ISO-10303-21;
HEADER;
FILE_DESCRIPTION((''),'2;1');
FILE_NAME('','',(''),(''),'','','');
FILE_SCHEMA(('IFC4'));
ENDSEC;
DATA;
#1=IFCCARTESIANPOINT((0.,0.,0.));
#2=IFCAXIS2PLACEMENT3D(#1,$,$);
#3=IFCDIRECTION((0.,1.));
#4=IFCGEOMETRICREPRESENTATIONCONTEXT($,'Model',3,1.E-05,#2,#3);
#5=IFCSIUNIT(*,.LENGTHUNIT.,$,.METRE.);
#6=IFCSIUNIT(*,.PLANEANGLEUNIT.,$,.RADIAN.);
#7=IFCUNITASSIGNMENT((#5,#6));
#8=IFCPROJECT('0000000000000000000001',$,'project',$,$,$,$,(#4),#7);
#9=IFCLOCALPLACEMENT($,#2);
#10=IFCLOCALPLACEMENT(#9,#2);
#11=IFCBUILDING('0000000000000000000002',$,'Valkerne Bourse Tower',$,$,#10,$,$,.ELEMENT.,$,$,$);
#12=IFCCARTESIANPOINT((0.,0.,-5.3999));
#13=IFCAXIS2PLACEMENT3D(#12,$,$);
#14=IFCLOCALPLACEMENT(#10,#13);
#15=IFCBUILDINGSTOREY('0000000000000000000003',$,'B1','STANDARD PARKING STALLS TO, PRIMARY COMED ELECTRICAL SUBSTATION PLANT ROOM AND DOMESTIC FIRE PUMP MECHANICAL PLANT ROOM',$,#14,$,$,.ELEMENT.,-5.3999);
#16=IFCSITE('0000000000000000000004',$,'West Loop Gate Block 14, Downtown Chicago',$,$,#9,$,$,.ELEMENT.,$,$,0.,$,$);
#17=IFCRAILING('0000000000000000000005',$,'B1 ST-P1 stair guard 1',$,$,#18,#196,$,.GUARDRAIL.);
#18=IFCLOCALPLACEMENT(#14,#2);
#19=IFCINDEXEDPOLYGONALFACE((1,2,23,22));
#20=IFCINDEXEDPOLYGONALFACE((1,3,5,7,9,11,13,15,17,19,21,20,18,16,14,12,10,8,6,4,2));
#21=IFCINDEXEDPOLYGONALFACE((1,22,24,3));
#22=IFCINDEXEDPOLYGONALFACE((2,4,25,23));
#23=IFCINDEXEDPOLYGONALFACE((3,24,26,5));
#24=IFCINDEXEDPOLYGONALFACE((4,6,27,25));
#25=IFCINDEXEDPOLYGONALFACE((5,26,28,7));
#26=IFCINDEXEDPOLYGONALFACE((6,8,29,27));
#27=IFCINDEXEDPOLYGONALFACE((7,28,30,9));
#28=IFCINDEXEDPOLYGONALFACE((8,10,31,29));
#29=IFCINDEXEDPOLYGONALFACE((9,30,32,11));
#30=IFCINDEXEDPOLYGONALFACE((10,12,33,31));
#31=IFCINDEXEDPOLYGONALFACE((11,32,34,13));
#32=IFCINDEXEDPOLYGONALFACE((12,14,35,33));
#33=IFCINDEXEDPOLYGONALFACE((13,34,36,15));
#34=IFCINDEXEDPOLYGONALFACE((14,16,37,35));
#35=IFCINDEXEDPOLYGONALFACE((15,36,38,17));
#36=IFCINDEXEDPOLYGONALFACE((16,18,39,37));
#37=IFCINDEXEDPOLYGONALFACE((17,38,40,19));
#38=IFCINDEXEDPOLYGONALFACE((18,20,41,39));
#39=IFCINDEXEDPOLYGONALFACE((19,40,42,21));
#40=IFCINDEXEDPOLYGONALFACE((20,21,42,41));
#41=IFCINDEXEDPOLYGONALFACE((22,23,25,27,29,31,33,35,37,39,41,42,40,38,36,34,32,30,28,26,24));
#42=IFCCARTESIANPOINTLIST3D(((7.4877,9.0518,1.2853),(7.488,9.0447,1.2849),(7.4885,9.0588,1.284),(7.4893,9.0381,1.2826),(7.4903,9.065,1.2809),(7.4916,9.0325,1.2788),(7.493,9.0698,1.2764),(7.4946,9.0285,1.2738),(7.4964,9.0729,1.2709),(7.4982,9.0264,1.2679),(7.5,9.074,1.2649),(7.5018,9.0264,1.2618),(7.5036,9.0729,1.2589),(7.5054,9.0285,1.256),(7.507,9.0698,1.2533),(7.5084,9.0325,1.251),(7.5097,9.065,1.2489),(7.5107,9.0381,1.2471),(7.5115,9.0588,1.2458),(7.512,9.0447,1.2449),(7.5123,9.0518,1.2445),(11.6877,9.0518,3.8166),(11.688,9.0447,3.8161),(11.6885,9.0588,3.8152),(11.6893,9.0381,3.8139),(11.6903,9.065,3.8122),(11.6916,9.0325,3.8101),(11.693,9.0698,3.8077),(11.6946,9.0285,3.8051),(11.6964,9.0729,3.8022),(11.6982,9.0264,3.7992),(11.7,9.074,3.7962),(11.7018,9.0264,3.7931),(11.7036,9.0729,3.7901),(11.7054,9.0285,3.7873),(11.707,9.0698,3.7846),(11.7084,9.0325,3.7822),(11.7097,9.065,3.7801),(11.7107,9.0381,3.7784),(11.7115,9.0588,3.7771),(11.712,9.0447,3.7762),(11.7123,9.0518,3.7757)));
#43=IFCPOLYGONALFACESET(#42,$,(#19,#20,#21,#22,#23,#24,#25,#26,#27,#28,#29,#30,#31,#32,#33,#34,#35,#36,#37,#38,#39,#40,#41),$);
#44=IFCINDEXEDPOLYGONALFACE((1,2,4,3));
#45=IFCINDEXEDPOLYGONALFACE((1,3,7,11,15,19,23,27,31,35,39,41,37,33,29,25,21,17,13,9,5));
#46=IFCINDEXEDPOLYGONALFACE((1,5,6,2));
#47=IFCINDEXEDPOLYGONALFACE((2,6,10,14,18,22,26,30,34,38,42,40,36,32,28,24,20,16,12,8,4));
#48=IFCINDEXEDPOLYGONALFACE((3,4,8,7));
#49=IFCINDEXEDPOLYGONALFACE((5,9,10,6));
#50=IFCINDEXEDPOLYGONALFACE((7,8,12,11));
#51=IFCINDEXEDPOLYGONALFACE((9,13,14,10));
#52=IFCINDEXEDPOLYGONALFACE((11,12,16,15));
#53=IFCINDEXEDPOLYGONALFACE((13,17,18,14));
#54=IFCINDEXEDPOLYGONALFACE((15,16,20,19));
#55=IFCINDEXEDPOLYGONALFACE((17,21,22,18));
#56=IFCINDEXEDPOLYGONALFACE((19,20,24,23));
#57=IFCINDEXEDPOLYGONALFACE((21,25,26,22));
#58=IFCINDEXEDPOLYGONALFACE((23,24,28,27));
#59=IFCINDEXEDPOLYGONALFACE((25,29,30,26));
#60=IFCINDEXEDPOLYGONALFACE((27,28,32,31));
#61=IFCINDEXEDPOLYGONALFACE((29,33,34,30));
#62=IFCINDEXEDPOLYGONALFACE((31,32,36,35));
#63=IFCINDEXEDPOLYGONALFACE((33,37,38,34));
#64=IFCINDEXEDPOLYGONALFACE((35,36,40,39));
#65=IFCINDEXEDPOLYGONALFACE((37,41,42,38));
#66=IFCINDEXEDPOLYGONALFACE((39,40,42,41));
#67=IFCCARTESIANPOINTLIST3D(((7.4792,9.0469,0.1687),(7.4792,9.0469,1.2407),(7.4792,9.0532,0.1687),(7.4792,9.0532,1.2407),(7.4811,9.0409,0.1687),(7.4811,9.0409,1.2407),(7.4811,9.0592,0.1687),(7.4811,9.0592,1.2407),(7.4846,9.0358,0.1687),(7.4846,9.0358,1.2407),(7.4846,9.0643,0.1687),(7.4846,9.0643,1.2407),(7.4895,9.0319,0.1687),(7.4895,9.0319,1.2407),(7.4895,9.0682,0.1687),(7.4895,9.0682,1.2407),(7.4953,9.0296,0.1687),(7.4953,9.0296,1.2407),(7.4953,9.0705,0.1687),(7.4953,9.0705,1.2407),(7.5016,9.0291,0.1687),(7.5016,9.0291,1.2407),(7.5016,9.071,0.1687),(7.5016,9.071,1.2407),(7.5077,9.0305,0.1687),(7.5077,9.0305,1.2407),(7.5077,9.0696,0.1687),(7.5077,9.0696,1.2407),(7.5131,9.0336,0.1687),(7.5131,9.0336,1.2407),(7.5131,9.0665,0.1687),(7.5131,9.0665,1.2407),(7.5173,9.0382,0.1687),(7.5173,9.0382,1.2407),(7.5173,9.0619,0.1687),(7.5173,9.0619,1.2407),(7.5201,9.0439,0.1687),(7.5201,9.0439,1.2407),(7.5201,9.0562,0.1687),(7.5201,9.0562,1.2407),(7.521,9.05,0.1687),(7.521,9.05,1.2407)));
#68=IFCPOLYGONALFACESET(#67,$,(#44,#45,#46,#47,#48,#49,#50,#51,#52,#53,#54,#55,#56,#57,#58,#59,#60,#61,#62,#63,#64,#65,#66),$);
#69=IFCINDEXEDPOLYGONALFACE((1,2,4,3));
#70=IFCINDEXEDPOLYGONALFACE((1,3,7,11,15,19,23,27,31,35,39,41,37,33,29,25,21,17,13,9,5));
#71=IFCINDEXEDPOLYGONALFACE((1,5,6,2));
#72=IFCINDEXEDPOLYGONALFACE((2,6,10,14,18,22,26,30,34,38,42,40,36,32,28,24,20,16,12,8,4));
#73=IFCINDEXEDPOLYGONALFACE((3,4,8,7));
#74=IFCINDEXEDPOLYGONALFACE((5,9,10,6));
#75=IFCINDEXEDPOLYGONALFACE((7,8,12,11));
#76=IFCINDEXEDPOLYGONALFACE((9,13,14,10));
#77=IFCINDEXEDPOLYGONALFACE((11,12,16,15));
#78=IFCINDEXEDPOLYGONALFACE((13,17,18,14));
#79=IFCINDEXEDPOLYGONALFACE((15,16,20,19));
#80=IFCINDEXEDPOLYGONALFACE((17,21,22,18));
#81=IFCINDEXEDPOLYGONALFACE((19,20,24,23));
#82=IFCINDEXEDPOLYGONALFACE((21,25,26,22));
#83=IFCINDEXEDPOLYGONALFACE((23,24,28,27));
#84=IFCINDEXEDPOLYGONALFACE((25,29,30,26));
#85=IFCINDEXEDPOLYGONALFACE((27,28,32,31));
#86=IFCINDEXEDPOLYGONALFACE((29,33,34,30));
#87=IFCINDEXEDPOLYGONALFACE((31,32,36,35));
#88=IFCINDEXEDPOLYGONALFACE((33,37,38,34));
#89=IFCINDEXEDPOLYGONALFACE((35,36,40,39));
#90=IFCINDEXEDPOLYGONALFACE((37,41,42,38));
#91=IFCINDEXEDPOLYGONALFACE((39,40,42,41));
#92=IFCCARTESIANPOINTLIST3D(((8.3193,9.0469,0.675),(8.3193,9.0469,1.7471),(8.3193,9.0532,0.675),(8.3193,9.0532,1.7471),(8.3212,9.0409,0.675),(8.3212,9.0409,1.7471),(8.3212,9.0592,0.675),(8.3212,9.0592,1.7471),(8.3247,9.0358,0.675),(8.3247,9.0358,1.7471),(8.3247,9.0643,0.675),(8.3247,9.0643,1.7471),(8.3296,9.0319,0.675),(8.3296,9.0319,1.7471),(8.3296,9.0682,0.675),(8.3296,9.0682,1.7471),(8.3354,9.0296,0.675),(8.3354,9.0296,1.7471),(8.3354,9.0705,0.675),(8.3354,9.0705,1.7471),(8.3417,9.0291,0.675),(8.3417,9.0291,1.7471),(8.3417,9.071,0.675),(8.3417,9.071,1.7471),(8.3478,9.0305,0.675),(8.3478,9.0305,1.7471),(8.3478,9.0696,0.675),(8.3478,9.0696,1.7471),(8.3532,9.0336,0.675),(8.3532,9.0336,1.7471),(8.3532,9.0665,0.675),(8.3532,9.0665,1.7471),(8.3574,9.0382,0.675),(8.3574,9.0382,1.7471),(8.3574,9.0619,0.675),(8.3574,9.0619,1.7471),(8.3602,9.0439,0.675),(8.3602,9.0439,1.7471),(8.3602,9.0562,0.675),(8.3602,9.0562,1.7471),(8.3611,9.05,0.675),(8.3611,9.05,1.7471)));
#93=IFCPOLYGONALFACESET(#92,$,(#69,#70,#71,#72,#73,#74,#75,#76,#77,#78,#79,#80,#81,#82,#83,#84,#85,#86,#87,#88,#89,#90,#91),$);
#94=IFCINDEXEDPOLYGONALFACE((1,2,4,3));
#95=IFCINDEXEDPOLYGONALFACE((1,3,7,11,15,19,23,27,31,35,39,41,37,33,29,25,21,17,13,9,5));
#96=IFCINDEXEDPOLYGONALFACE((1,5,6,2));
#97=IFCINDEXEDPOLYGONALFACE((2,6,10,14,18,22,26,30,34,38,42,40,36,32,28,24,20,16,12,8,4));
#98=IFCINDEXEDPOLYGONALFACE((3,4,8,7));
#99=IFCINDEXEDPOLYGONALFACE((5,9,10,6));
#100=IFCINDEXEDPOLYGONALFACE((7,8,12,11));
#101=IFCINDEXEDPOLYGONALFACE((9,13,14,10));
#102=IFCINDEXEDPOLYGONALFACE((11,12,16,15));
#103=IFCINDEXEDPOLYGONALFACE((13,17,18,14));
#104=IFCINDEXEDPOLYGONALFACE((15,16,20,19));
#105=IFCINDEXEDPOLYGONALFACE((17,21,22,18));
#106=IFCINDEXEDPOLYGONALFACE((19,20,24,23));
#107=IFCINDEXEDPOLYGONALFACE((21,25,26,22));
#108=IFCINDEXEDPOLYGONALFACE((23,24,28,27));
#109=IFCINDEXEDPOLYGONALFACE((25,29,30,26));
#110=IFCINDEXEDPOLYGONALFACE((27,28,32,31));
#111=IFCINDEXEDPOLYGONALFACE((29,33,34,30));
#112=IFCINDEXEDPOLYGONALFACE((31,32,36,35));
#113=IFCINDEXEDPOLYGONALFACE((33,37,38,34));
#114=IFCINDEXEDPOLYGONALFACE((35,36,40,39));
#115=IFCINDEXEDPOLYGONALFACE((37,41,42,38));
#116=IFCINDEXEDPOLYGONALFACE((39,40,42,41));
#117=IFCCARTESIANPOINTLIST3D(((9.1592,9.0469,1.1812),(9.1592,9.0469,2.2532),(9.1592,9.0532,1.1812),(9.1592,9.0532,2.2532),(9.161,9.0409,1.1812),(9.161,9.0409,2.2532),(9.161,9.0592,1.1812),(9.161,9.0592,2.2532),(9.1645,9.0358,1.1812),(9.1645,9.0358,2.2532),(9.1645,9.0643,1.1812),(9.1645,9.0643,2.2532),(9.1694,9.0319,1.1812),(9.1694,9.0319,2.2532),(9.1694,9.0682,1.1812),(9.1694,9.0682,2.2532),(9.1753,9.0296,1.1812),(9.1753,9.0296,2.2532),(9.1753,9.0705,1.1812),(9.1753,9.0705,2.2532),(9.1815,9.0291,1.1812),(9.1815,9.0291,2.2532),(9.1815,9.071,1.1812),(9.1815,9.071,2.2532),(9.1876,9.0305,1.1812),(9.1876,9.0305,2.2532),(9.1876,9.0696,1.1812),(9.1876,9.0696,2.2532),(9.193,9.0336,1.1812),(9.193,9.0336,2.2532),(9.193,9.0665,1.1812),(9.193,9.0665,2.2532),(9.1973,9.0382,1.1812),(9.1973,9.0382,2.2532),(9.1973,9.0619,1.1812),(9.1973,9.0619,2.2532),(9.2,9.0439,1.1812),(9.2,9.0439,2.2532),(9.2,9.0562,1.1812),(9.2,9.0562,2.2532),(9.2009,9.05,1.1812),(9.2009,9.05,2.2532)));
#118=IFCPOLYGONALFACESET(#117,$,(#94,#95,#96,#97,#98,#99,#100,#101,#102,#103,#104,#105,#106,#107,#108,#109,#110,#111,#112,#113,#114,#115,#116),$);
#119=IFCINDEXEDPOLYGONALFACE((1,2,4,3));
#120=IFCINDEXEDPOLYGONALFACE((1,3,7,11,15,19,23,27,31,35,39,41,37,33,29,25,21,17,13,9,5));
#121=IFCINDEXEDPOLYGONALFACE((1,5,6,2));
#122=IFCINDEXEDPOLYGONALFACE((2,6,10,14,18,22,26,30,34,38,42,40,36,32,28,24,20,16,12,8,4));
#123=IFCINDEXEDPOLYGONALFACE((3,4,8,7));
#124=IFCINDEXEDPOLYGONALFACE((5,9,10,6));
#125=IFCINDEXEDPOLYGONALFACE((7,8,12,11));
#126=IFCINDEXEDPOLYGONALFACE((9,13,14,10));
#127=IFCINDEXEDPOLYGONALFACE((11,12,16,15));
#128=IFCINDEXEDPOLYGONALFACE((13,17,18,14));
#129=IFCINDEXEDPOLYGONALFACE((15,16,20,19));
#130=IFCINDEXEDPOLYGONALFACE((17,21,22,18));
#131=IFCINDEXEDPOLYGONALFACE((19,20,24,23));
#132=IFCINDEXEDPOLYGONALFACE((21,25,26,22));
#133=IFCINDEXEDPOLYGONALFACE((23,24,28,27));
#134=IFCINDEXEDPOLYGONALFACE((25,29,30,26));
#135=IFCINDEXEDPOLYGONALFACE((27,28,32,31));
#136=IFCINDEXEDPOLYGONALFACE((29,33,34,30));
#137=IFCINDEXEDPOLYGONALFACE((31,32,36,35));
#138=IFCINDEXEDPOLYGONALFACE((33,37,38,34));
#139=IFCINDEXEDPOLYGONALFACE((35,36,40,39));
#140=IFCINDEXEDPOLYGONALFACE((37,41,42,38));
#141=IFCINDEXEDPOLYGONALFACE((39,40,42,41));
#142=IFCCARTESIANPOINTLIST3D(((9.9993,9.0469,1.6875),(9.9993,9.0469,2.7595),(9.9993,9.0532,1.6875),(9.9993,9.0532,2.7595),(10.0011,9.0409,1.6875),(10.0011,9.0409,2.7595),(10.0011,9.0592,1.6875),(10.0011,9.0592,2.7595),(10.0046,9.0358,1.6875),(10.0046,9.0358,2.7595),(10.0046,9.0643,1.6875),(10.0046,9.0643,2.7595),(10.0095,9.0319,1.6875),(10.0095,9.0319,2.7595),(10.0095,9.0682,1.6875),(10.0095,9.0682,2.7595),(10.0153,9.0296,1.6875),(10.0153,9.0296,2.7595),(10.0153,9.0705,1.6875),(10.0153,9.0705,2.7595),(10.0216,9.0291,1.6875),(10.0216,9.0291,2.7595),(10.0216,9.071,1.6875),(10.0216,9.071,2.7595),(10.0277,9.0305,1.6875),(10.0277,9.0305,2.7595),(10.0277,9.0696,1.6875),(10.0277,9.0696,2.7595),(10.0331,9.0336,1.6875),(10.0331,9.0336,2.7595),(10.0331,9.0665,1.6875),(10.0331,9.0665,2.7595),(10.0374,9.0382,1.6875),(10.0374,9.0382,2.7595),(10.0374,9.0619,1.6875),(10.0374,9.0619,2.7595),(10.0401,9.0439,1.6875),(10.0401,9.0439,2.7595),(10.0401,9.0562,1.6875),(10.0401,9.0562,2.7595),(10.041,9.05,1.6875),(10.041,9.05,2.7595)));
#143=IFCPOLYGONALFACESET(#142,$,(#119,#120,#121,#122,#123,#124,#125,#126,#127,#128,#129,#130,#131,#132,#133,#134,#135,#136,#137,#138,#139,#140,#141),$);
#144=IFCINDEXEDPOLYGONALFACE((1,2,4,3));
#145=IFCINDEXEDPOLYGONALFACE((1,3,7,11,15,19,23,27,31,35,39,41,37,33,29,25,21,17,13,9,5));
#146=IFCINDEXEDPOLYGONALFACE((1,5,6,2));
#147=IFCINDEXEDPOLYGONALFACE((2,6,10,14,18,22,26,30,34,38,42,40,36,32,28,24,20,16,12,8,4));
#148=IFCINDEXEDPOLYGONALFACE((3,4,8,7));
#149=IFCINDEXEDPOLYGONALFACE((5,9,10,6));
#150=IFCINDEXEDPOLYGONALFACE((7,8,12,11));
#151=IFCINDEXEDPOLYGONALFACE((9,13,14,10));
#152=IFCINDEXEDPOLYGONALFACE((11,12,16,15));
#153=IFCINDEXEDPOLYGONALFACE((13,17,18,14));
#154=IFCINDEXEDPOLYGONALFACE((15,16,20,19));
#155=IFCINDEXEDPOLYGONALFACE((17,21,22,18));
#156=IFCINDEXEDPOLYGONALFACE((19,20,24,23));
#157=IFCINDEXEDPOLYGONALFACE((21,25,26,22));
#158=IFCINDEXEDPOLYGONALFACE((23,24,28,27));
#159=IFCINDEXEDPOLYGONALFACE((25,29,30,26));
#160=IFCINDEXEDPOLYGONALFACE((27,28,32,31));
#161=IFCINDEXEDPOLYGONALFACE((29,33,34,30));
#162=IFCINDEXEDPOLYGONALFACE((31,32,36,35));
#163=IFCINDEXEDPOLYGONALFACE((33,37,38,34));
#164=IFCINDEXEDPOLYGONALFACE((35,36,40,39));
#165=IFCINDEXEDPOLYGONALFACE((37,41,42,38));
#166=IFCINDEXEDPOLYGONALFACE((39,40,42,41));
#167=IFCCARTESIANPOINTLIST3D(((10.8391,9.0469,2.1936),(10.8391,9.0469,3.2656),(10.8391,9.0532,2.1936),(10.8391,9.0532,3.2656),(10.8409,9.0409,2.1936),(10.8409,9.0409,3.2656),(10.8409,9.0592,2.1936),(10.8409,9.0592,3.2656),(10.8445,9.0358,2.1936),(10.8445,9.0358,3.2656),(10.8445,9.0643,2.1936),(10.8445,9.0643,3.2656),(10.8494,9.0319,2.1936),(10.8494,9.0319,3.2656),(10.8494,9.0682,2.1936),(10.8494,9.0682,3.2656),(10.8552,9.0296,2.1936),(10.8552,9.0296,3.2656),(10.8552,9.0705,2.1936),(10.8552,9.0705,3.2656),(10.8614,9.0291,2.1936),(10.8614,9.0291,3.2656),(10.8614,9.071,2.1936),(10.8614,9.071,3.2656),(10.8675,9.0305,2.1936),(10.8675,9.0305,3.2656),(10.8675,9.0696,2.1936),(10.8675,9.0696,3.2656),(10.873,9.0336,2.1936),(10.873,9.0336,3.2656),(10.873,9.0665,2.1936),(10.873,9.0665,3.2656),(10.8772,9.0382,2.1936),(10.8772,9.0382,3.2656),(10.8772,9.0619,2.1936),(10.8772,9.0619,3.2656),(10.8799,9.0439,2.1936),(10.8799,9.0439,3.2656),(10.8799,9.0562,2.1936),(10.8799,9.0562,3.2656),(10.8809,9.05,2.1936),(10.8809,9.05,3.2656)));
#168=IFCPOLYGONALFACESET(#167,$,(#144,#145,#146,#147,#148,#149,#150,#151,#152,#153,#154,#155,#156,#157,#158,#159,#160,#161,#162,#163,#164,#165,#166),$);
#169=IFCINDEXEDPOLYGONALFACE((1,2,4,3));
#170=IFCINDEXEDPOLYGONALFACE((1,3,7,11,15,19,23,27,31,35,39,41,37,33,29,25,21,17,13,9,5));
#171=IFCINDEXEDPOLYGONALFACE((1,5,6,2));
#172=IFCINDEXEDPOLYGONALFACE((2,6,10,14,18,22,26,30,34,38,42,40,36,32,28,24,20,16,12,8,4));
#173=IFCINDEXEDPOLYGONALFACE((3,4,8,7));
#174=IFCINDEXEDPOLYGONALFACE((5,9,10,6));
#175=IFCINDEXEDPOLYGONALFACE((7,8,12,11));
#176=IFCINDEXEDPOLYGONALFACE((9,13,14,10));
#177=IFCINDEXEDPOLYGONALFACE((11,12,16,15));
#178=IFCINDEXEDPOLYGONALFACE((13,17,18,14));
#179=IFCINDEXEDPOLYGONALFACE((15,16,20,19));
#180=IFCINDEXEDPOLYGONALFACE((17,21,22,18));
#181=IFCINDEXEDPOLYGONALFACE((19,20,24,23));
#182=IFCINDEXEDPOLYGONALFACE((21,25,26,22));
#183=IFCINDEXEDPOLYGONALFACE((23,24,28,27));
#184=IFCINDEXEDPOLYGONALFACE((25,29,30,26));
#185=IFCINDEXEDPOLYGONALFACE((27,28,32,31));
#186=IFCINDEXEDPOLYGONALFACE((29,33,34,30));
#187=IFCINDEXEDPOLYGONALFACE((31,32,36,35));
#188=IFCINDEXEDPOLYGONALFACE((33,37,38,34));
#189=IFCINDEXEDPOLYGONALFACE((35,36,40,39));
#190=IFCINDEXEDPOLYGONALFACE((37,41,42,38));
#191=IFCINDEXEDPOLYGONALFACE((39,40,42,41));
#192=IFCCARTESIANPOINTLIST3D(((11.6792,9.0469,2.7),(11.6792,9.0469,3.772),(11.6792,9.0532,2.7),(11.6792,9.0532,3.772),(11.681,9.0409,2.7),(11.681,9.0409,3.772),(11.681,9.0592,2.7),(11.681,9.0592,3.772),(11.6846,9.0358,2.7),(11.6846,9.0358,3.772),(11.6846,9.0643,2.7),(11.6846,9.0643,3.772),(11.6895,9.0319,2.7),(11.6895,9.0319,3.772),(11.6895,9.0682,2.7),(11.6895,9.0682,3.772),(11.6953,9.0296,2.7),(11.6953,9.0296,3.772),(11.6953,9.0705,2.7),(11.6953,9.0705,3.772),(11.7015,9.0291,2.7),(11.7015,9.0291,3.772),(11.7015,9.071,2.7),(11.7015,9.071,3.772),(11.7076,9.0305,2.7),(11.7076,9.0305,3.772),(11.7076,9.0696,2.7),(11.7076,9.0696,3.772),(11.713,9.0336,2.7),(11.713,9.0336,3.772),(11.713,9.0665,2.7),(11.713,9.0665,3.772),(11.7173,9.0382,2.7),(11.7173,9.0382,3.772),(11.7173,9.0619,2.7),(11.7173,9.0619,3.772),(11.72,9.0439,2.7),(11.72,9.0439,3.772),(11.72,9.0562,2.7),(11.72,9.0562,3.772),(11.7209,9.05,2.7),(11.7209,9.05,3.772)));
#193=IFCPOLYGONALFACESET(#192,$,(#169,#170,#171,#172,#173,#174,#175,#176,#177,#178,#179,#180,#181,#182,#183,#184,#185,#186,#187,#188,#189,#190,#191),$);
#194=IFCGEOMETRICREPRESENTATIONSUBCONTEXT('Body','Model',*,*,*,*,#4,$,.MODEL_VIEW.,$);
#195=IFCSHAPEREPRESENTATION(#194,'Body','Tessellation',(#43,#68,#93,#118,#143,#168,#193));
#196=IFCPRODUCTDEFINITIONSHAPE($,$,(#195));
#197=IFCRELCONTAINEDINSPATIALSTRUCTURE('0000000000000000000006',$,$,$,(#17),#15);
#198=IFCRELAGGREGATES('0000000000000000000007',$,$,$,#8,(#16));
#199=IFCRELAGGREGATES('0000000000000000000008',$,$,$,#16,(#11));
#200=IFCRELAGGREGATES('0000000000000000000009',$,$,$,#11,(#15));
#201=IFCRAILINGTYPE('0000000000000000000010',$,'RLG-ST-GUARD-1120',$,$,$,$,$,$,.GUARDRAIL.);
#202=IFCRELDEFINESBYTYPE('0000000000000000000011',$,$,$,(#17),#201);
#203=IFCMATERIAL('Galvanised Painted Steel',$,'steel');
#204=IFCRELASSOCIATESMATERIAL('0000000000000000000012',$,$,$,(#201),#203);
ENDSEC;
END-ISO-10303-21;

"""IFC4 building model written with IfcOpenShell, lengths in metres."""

from ifc_helpers import new_model, si_unit, direction, frame, origin, origin_2d, place, context, subcontext, project, spatial, circle, extrude, material, type_object, element, save


model = new_model("IFC4")

# Units and contexts
model_context = context("Model", 3, precision=1e-05, world=origin(), true_north=direction((0.0, 1.0)))
body_context = subcontext(model_context, "Body", "Model", "MODEL_VIEW")
ifc_project = project(units=[si_unit("LENGTHUNIT", "METRE"), si_unit("PLANEANGLEUNIT", "RADIAN")], contexts=[model_context])

# Site, building, storey
site_placement = place(None, origin())
site = spatial("IfcSite", under=ifc_project, at=site_placement, Name="West Loop Gate Block 14, Downtown Chicago", CompositionType="ELEMENT", RefElevation=0.0)
building_placement = place(site_placement, origin())
building = spatial("IfcBuilding", under=site, at=building_placement, Name="Valkerne Bourse Tower", CompositionType="ELEMENT")
storey_placement = place(building_placement, frame((0.0, 0.0, -5.3999)))
storey = spatial("IfcBuildingStorey", under=building, at=storey_placement, Name="B1", Description="STANDARD PARKING STALLS TO, PRIMARY COMED ELECTRICAL SUBSTATION PLANT ROOM AND DOMESTIC FIRE PUMP MECHANICAL PLANT ROOM", CompositionType="ELEMENT", Elevation=-5.3999)

# Shared definitions
ifc_material_1 = material(Name="Galvanised Painted Steel", Category="steel")

# Railing
railing_type_1 = type_object("IfcRailingType", Name="RLG-ST-GUARD-1120", PredefinedType="GUARDRAIL", material=ifc_material_1)
railing_1_placement = place(storey_placement, frame((7.5, 9.05, 0.1687)))
element("IfcRailing", 1, at=railing_1_placement, inside=storey, type_object=railing_type_1, Name="B1 ST-P1 stair guard 1", PredefinedType="GUARDRAIL", context=body_context, shape_type="SweptSolid", body=[
    extrude(circle(Radius=0.0239, at=origin_2d()), frame((0.0, 0.0, 1.0962), z_axis=(0.856476, 0.0, 0.516186), x_axis=(0.0, 1.0, 0.0)), (0.0, 0.0, 1.0), 4.9038),
    extrude(circle(Radius=0.021, at=origin_2d()), origin(), (0.0, 0.0, 1.0), 1.072),
    extrude(circle(Radius=0.021, at=origin_2d()), frame((0.8401, 0.0, 0.5063)), (0.0, 0.0, 1.0), 1.072),
    extrude(circle(Radius=0.021, at=origin_2d()), frame((1.6799, 0.0, 1.0125)), (0.0, 0.0, 1.0), 1.072),
    extrude(circle(Radius=0.021, at=origin_2d()), frame((2.52, 0.0, 1.5188)), (0.0, 0.0, 1.0), 1.072),
    extrude(circle(Radius=0.021, at=origin_2d()), frame((3.3599, 0.0, 2.0249)), (0.0, 0.0, 1.0), 1.072),
    extrude(circle(Radius=0.021, at=origin_2d()), frame((4.2, 0.0, 2.5312)), (0.0, 0.0, 1.0), 1.072),
])

save(model, "model.ifc")
